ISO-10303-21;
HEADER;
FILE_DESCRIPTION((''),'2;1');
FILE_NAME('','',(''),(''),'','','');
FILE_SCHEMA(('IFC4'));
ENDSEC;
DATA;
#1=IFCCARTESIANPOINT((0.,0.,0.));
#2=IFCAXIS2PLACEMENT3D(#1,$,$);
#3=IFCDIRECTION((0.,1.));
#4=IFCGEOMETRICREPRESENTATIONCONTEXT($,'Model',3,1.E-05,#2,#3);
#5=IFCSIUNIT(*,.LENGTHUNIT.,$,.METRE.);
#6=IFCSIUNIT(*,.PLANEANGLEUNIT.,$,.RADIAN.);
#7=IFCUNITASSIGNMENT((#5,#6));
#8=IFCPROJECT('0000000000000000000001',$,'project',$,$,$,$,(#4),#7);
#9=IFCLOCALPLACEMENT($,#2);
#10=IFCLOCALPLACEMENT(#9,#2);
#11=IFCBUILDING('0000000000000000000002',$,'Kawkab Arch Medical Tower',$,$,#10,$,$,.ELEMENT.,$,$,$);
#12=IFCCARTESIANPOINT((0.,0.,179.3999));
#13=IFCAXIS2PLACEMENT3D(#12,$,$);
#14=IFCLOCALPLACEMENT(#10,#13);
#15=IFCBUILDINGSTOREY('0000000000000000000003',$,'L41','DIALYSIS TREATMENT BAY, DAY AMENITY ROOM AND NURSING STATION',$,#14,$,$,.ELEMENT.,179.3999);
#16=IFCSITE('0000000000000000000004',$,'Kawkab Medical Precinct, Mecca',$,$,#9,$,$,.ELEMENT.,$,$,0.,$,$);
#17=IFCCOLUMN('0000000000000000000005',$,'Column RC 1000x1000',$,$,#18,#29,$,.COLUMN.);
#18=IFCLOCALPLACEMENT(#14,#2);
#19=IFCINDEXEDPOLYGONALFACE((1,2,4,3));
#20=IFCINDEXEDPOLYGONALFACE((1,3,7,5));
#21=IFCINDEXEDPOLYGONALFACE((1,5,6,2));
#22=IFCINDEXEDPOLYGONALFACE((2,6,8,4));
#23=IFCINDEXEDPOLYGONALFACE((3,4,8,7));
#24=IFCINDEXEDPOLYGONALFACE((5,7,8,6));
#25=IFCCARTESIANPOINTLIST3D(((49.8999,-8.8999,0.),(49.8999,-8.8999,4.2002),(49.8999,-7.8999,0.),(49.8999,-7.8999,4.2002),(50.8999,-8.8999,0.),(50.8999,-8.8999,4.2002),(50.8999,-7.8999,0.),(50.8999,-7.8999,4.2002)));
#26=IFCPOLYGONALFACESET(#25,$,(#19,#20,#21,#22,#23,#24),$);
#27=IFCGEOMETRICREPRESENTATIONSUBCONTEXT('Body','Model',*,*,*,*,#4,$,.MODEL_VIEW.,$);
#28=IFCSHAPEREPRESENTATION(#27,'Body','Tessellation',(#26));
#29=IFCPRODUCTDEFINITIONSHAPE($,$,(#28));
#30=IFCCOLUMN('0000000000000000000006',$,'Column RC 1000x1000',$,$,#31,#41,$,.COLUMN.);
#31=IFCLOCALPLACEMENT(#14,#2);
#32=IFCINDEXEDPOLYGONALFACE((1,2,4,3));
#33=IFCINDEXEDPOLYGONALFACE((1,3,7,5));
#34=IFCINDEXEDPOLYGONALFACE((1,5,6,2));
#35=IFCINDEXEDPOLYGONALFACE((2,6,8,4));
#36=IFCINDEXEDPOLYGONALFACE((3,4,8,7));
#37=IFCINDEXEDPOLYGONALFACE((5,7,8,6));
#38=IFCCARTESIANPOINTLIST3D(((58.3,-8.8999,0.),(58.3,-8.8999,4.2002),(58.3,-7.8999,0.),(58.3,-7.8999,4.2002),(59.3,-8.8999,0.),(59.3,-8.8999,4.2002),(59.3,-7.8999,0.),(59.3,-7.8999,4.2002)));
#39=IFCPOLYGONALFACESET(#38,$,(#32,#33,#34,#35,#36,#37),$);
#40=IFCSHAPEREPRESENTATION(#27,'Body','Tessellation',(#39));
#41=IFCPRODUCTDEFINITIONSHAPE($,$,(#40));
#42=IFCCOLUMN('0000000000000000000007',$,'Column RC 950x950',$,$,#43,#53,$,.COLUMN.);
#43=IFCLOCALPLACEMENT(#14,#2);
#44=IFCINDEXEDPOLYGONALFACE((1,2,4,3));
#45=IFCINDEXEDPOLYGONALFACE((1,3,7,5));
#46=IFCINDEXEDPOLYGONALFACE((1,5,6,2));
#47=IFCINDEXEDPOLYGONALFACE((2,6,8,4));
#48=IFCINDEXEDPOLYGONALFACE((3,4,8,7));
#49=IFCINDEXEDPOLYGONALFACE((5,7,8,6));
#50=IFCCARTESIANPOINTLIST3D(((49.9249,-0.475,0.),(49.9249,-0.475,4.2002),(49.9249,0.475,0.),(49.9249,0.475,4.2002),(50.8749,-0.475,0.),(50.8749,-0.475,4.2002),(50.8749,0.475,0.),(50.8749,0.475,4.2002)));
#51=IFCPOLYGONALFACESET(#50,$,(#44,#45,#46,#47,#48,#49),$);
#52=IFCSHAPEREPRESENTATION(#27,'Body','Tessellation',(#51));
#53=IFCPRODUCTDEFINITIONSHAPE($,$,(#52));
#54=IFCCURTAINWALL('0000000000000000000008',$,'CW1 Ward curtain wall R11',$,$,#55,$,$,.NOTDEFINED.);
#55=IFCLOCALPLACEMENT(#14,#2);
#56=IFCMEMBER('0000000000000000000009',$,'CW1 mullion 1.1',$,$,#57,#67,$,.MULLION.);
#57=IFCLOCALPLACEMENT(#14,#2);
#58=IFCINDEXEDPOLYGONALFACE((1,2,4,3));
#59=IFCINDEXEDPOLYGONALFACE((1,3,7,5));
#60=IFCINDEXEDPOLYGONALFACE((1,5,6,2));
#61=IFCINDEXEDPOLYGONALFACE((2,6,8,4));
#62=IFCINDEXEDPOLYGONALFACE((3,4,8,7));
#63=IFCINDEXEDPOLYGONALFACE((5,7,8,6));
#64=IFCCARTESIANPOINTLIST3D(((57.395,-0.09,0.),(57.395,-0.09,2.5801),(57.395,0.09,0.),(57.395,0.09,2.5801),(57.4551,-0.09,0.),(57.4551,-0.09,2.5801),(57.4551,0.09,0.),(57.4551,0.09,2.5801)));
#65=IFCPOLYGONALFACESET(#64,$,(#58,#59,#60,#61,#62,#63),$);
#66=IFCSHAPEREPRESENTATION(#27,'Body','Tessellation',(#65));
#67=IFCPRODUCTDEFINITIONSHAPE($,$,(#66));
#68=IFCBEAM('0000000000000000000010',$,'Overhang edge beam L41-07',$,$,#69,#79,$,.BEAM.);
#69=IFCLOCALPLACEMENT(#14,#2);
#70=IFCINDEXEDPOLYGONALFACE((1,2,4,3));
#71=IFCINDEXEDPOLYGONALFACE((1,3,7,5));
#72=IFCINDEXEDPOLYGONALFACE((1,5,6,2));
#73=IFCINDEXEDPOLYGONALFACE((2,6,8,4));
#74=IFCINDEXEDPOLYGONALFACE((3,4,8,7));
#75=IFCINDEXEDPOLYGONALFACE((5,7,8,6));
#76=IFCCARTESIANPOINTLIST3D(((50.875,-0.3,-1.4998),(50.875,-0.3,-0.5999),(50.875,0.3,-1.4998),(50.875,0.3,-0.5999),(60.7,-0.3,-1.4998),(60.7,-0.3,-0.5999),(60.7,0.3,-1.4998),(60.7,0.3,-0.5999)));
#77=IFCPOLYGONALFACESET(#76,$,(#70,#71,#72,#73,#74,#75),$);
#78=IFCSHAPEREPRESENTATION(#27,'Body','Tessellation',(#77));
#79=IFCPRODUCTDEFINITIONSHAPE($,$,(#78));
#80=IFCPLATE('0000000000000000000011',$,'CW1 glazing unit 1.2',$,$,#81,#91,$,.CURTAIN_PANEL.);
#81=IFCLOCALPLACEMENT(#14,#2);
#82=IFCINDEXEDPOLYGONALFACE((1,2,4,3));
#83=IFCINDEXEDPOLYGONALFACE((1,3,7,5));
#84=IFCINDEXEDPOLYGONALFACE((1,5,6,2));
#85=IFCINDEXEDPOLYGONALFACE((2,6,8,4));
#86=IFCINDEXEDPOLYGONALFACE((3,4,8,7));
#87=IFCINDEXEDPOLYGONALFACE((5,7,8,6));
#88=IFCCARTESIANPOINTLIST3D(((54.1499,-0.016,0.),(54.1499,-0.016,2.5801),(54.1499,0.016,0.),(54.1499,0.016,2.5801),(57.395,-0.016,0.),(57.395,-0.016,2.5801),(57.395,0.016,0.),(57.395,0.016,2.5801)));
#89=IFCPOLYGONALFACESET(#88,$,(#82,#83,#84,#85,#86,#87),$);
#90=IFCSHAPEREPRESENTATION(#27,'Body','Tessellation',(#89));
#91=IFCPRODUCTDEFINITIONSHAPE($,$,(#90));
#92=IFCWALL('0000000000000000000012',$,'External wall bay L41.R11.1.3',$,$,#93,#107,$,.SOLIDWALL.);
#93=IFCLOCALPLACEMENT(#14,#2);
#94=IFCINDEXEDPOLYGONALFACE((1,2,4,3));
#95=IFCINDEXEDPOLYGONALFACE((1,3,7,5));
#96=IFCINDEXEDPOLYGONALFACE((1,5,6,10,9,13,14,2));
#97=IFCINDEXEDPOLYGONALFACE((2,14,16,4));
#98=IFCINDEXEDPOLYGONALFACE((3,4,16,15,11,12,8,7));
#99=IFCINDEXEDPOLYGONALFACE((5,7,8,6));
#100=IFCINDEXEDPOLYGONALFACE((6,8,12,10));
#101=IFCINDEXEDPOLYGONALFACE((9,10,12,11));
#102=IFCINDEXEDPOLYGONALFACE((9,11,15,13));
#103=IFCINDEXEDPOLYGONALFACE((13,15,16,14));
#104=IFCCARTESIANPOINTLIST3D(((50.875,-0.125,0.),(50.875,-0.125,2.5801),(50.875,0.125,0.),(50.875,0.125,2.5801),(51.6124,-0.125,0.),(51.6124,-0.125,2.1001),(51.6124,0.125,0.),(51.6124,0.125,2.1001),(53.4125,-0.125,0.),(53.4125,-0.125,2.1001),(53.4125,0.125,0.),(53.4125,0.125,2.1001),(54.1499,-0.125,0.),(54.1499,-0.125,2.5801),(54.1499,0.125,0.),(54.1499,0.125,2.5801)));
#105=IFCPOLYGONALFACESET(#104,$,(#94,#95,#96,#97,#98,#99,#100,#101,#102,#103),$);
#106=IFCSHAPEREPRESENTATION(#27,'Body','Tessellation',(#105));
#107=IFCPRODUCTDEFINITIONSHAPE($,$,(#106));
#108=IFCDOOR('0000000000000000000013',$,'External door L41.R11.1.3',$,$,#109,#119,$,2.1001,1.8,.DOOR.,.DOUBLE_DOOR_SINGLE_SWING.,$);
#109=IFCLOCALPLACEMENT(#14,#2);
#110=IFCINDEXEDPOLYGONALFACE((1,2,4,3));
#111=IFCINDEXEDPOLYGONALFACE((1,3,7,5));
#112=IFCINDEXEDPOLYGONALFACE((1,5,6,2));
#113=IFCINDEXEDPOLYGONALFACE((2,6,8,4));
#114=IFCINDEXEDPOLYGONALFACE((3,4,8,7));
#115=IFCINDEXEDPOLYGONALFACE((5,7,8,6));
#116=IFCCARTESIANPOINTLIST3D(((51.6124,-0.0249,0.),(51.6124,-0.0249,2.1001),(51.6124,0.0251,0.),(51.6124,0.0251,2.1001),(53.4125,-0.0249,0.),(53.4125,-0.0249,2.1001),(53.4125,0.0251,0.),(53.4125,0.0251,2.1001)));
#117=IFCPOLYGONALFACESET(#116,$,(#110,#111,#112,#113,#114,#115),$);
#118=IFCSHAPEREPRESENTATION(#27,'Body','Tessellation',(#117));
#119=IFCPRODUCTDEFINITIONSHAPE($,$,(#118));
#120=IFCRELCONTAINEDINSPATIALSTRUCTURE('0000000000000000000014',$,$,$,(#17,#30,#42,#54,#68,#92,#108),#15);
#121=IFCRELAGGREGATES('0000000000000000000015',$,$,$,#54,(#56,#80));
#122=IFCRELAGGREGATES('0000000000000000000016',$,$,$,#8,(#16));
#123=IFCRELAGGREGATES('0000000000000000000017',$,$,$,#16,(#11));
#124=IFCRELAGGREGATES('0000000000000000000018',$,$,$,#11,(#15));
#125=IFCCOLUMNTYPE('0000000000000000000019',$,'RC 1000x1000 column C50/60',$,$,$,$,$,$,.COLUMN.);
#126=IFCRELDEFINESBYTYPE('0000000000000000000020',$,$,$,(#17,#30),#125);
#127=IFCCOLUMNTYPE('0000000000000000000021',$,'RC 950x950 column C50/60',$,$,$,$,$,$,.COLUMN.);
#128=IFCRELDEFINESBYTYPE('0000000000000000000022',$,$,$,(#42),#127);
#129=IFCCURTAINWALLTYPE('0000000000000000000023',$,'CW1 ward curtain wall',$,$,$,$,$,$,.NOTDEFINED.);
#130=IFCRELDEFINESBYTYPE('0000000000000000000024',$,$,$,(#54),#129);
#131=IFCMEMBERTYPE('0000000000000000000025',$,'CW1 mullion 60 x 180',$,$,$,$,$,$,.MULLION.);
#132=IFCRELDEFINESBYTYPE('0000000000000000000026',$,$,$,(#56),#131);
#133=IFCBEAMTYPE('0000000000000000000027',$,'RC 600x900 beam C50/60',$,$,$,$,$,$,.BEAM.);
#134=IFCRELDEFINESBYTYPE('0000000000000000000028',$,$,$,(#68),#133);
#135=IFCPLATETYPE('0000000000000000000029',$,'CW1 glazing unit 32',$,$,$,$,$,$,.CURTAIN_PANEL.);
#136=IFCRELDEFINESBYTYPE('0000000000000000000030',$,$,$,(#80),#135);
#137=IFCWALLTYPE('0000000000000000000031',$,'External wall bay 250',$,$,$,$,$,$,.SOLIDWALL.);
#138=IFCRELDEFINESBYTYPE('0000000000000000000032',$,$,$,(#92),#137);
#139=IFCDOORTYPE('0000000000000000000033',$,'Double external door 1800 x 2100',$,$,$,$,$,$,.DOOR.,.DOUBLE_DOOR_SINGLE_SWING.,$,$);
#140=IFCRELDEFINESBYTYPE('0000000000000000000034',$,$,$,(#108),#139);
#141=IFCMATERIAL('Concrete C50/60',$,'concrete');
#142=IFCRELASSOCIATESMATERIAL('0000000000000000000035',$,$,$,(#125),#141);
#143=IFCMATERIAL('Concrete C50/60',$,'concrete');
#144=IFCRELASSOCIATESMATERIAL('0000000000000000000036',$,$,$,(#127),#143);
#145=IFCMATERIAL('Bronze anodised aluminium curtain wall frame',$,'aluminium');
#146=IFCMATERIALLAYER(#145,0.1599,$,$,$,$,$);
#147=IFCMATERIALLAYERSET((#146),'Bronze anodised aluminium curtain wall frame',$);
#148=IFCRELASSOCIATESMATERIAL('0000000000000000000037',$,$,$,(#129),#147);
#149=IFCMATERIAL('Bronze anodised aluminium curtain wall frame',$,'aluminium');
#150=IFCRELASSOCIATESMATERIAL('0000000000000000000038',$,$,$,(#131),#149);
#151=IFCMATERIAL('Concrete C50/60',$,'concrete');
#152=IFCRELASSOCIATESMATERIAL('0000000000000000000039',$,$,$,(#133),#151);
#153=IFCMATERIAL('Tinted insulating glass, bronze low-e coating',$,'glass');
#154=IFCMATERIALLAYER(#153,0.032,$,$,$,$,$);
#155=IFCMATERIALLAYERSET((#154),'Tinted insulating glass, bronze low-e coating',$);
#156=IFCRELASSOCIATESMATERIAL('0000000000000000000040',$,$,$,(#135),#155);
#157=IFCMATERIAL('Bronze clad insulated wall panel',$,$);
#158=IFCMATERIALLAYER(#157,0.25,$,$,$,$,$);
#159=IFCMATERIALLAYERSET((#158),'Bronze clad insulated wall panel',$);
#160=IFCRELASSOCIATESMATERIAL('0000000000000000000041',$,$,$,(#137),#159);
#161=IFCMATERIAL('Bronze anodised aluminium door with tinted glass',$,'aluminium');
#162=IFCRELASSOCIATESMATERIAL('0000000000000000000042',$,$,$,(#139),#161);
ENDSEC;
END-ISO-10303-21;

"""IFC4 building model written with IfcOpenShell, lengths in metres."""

from ifc_helpers import new_model, si_unit, direction, frame, frame_2d, origin, origin_2d, place, context, subcontext, project, spatial, rectangle, extrude, material, layer, layer_set, material_profile, profile_set, type_object, element, fill, aggregate, save


model = new_model("IFC4")

# Units and contexts
model_context = context("Model", 3, precision=1e-05, world=origin(), true_north=direction((0.0, 1.0)))
body_context = subcontext(model_context, "Body", "Model", "MODEL_VIEW")
ifc_project = project(units=[si_unit("LENGTHUNIT", "METRE"), si_unit("PLANEANGLEUNIT", "RADIAN")], contexts=[model_context])

# Site, building, storey
site_placement = place(None, origin())
site = spatial("IfcSite", under=ifc_project, at=site_placement, Name="Kawkab Medical Precinct, Mecca", CompositionType="ELEMENT", RefElevation=0.0)
building_placement = place(site_placement, origin())
building = spatial("IfcBuilding", under=site, at=building_placement, Name="Kawkab Arch Medical Tower", CompositionType="ELEMENT")
storey_placement = place(building_placement, frame((0.0, 0.0, 179.3999)))
storey = spatial("IfcBuildingStorey", under=building, at=storey_placement, Name="L41", Description="DIALYSIS TREATMENT BAY, DAY AMENITY ROOM AND NURSING STATION", CompositionType="ELEMENT", Elevation=179.3999)

# Columns
ifc_material_1 = material(Name="Concrete C50/60", Category="concrete")
ifc_material_profile_1 = material_profile(ifc_material_1, rectangle(XDim=1.0, YDim=1.0, at=origin_2d()), Name="RC 1000x1000")
ifc_profile_set_1 = profile_set([ifc_material_profile_1], Name="Concrete C50/60")
column_type_1 = type_object("IfcColumnType", Name="RC 1000x1000 column C50/60", PredefinedType="COLUMN", material=ifc_profile_set_1)
for number, where, z_axis, x_axis, name in (
    (1, (50.3999, -8.3999, 0.0), (0.0, 0.0, 1.0), (1.0, 0.0, 0.0), "Column RC 1000x1000"),
    (2, (58.8, -8.3999, 0.0), (0.0, 0.0, 1.0), (1.0, 0.0, 0.0), "Column RC 1000x1000"),
):
    element("IfcColumn", number, at=place(storey_placement, frame(where, z_axis=z_axis, x_axis=x_axis)), inside=storey, type_object=column_type_1, Name=name, PredefinedType="COLUMN", context=body_context, shape_type="SweptSolid", body=[
        extrude(rectangle(XDim=1.0, YDim=1.0, at=origin_2d()), origin(), (0.0, 0.0, 1.0), 4.2002),
    ])
ifc_material_2 = material(Name="Concrete C50/60", Category="concrete")
ifc_material_profile_2 = material_profile(ifc_material_2, rectangle(XDim=0.95, YDim=0.95, at=origin_2d()), Name="RC 950x950")
ifc_profile_set_2 = profile_set([ifc_material_profile_2], Name="Concrete C50/60")
column_type_2 = type_object("IfcColumnType", Name="RC 950x950 column C50/60", PredefinedType="COLUMN", material=ifc_profile_set_2)
column_placement = place(storey_placement, frame((50.3999, 0.0, 0.0), z_axis=(0.0, 0.0, 1.0), x_axis=(1.0, 0.0, 0.0)))
element("IfcColumn", 3, at=column_placement, inside=storey, type_object=column_type_2, Name="Column RC 950x950", PredefinedType="COLUMN", context=body_context, shape_type="SweptSolid", body=[
    extrude(rectangle(XDim=0.95, YDim=0.95, at=origin_2d()), origin(), (0.0, 0.0, 1.0), 4.2002),
])

# Curtain wall, member
ifc_material_3 = material(Name="Bronze anodised aluminium curtain wall frame", Category="aluminium")
ifc_layer_1 = layer(ifc_material_3, 0.1599)
ifc_layer_set_1 = layer_set([ifc_layer_1], Name="Bronze anodised aluminium curtain wall frame")
curtain_wall_type = type_object("IfcCurtainWallType", Name="CW1 ward curtain wall", PredefinedType="NOTDEFINED", material=ifc_layer_set_1)
curtain_wall_placement = place(storey_placement, origin())
curtain_wall = element("IfcCurtainWall", 4, at=curtain_wall_placement, inside=storey, type_object=curtain_wall_type, Name="CW1 Ward curtain wall R11", PredefinedType="NOTDEFINED")
ifc_material_4 = material(Name="Bronze anodised aluminium curtain wall frame", Category="aluminium")
ifc_material_profile_3 = material_profile(ifc_material_4, rectangle(XDim=0.1799, YDim=0.0601, at=origin_2d()), Name="AL 60x180")
ifc_profile_set_3 = profile_set([ifc_material_profile_3], Name="Bronze anodised aluminium curtain wall frame")
member_type = type_object("IfcMemberType", Name="CW1 mullion 60 x 180", PredefinedType="MULLION", material=ifc_profile_set_3)
member_placement = place(storey_placement, frame((57.425, 0.0, 0.0), z_axis=(0.0, 0.0, 1.0), x_axis=(0.0, -1.0, 0.0)))
member = element("IfcMember", 5, at=member_placement, type_object=member_type, Name="CW1 mullion 1.1", PredefinedType="MULLION", context=body_context, shape_type="SweptSolid", body=[
    extrude(rectangle(XDim=0.1799, YDim=0.0601, at=origin_2d()), origin(), (0.0, 0.0, 1.0), 2.5801),
])

# Beam
ifc_material_5 = material(Name="Concrete C50/60", Category="concrete")
ifc_material_profile_4 = material_profile(ifc_material_5, rectangle(XDim=0.6001, YDim=0.8999, at=origin_2d()), Name="RC 600x900")
ifc_profile_set_4 = profile_set([ifc_material_profile_4], Name="Concrete C50/60")
beam_type = type_object("IfcBeamType", Name="RC 600x900 beam C50/60", PredefinedType="BEAM", material=ifc_profile_set_4)
beam_placement = place(storey_placement, frame((50.875, 0.0, -1.0498), z_axis=(1.0, 0.0, 0.0), x_axis=(0.0, 1.0, 0.0)))
element("IfcBeam", 6, at=beam_placement, inside=storey, type_object=beam_type, Name="Overhang edge beam L41-07", PredefinedType="BEAM", context=body_context, shape_type="SweptSolid", body=[
    extrude(rectangle(XDim=0.6001, YDim=0.8999, at=origin_2d()), origin(), (0.0, 0.0, 1.0), 9.825),
])

# Plate
ifc_material_6 = material(Name="Tinted insulating glass, bronze low-e coating", Category="glass")
ifc_layer_2 = layer(ifc_material_6, 0.032)
ifc_layer_set_2 = layer_set([ifc_layer_2], Name="Tinted insulating glass, bronze low-e coating")
plate_type = type_object("IfcPlateType", Name="CW1 glazing unit 32", PredefinedType="CURTAIN_PANEL", material=ifc_layer_set_2)
plate_placement = place(storey_placement, frame((55.7725, 0.0, 0.0), z_axis=(0.0, 0.0, 1.0), x_axis=(-1.0, 0.0, 0.0)))
plate = element("IfcPlate", 7, at=plate_placement, type_object=plate_type, Name="CW1 glazing unit 1.2", PredefinedType="CURTAIN_PANEL", context=body_context, shape_type="SweptSolid", body=[
    extrude(rectangle(XDim=3.2451, YDim=0.032, at=origin_2d()), origin(), (0.0, 0.0, 1.0), 2.5801),
])
aggregate(curtain_wall, [member, plate])

# Wall, opening, door
ifc_material_7 = material(Name="Bronze clad insulated wall panel")
ifc_layer_3 = layer(ifc_material_7, 0.25)
ifc_layer_set_3 = layer_set([ifc_layer_3], Name="Bronze clad insulated wall panel")
wall_type_1 = type_object("IfcWallType", Name="External wall bay 250", PredefinedType="SOLIDWALL", material=ifc_layer_set_3)
wall_1_placement = place(storey_placement, frame((54.1499, 0.0, 0.0), z_axis=(0.0, 0.0, 1.0), x_axis=(-1.0, 0.0, 0.0)))
wall_1 = element("IfcWall", 8, at=wall_1_placement, inside=storey, type_object=wall_type_1, Name="External wall bay L41.R11.1.3", PredefinedType="SOLIDWALL", context=body_context, shape_type="SweptSolid", body=[
    extrude(rectangle(XDim=3.2749, YDim=0.25, at=frame_2d((1.6375, 0.0))), origin(), (0.0, 0.0, 1.0), 2.5801),
])
opening_1_placement = place(wall_1_placement, frame((0.7375, 0.0, 0.0)))
opening_1 = element("IfcOpeningElement", 9, at=opening_1_placement, cuts=wall_1, PredefinedType="OPENING", context=body_context, shape_type="SweptSolid", body=[
    extrude(rectangle(XDim=1.8, YDim=2.1001, at=frame_2d((0.8999, 1.05))), frame((0.0, 0.135, 0.0), z_axis=(0.0, -1.0, 0.0), x_axis=(1.0, 0.0, 0.0)), (0.0, 0.0, 1.0), 0.27),
])
ifc_material_8 = material(Name="Bronze anodised aluminium door with tinted glass", Category="aluminium")
door_type_1 = type_object("IfcDoorType", Name="Double external door 1800 x 2100", OperationType="DOUBLE_DOOR_SINGLE_SWING", PredefinedType="DOOR", material=ifc_material_8)
door_1_placement = place(opening_1_placement, origin())
door_1 = element("IfcDoor", 10, at=door_1_placement, inside=storey, type_object=door_type_1, Name="External door L41.R11.1.3", OperationType="DOUBLE_DOOR_SINGLE_SWING", OverallHeight=2.1001, OverallWidth=1.8, PredefinedType="DOOR", context=body_context, shape_type="SweptSolid", body=[
    extrude(rectangle(XDim=1.8, YDim=2.1001, at=frame_2d((0.8999, 1.05))), frame((0.0, 0.0249, 0.0), z_axis=(0.0, -1.0, 0.0), x_axis=(1.0, 0.0, 0.0)), (0.0, 0.0, 1.0), 0.05),
])
fill(opening_1, door_1)

save(model, "model.ifc")
